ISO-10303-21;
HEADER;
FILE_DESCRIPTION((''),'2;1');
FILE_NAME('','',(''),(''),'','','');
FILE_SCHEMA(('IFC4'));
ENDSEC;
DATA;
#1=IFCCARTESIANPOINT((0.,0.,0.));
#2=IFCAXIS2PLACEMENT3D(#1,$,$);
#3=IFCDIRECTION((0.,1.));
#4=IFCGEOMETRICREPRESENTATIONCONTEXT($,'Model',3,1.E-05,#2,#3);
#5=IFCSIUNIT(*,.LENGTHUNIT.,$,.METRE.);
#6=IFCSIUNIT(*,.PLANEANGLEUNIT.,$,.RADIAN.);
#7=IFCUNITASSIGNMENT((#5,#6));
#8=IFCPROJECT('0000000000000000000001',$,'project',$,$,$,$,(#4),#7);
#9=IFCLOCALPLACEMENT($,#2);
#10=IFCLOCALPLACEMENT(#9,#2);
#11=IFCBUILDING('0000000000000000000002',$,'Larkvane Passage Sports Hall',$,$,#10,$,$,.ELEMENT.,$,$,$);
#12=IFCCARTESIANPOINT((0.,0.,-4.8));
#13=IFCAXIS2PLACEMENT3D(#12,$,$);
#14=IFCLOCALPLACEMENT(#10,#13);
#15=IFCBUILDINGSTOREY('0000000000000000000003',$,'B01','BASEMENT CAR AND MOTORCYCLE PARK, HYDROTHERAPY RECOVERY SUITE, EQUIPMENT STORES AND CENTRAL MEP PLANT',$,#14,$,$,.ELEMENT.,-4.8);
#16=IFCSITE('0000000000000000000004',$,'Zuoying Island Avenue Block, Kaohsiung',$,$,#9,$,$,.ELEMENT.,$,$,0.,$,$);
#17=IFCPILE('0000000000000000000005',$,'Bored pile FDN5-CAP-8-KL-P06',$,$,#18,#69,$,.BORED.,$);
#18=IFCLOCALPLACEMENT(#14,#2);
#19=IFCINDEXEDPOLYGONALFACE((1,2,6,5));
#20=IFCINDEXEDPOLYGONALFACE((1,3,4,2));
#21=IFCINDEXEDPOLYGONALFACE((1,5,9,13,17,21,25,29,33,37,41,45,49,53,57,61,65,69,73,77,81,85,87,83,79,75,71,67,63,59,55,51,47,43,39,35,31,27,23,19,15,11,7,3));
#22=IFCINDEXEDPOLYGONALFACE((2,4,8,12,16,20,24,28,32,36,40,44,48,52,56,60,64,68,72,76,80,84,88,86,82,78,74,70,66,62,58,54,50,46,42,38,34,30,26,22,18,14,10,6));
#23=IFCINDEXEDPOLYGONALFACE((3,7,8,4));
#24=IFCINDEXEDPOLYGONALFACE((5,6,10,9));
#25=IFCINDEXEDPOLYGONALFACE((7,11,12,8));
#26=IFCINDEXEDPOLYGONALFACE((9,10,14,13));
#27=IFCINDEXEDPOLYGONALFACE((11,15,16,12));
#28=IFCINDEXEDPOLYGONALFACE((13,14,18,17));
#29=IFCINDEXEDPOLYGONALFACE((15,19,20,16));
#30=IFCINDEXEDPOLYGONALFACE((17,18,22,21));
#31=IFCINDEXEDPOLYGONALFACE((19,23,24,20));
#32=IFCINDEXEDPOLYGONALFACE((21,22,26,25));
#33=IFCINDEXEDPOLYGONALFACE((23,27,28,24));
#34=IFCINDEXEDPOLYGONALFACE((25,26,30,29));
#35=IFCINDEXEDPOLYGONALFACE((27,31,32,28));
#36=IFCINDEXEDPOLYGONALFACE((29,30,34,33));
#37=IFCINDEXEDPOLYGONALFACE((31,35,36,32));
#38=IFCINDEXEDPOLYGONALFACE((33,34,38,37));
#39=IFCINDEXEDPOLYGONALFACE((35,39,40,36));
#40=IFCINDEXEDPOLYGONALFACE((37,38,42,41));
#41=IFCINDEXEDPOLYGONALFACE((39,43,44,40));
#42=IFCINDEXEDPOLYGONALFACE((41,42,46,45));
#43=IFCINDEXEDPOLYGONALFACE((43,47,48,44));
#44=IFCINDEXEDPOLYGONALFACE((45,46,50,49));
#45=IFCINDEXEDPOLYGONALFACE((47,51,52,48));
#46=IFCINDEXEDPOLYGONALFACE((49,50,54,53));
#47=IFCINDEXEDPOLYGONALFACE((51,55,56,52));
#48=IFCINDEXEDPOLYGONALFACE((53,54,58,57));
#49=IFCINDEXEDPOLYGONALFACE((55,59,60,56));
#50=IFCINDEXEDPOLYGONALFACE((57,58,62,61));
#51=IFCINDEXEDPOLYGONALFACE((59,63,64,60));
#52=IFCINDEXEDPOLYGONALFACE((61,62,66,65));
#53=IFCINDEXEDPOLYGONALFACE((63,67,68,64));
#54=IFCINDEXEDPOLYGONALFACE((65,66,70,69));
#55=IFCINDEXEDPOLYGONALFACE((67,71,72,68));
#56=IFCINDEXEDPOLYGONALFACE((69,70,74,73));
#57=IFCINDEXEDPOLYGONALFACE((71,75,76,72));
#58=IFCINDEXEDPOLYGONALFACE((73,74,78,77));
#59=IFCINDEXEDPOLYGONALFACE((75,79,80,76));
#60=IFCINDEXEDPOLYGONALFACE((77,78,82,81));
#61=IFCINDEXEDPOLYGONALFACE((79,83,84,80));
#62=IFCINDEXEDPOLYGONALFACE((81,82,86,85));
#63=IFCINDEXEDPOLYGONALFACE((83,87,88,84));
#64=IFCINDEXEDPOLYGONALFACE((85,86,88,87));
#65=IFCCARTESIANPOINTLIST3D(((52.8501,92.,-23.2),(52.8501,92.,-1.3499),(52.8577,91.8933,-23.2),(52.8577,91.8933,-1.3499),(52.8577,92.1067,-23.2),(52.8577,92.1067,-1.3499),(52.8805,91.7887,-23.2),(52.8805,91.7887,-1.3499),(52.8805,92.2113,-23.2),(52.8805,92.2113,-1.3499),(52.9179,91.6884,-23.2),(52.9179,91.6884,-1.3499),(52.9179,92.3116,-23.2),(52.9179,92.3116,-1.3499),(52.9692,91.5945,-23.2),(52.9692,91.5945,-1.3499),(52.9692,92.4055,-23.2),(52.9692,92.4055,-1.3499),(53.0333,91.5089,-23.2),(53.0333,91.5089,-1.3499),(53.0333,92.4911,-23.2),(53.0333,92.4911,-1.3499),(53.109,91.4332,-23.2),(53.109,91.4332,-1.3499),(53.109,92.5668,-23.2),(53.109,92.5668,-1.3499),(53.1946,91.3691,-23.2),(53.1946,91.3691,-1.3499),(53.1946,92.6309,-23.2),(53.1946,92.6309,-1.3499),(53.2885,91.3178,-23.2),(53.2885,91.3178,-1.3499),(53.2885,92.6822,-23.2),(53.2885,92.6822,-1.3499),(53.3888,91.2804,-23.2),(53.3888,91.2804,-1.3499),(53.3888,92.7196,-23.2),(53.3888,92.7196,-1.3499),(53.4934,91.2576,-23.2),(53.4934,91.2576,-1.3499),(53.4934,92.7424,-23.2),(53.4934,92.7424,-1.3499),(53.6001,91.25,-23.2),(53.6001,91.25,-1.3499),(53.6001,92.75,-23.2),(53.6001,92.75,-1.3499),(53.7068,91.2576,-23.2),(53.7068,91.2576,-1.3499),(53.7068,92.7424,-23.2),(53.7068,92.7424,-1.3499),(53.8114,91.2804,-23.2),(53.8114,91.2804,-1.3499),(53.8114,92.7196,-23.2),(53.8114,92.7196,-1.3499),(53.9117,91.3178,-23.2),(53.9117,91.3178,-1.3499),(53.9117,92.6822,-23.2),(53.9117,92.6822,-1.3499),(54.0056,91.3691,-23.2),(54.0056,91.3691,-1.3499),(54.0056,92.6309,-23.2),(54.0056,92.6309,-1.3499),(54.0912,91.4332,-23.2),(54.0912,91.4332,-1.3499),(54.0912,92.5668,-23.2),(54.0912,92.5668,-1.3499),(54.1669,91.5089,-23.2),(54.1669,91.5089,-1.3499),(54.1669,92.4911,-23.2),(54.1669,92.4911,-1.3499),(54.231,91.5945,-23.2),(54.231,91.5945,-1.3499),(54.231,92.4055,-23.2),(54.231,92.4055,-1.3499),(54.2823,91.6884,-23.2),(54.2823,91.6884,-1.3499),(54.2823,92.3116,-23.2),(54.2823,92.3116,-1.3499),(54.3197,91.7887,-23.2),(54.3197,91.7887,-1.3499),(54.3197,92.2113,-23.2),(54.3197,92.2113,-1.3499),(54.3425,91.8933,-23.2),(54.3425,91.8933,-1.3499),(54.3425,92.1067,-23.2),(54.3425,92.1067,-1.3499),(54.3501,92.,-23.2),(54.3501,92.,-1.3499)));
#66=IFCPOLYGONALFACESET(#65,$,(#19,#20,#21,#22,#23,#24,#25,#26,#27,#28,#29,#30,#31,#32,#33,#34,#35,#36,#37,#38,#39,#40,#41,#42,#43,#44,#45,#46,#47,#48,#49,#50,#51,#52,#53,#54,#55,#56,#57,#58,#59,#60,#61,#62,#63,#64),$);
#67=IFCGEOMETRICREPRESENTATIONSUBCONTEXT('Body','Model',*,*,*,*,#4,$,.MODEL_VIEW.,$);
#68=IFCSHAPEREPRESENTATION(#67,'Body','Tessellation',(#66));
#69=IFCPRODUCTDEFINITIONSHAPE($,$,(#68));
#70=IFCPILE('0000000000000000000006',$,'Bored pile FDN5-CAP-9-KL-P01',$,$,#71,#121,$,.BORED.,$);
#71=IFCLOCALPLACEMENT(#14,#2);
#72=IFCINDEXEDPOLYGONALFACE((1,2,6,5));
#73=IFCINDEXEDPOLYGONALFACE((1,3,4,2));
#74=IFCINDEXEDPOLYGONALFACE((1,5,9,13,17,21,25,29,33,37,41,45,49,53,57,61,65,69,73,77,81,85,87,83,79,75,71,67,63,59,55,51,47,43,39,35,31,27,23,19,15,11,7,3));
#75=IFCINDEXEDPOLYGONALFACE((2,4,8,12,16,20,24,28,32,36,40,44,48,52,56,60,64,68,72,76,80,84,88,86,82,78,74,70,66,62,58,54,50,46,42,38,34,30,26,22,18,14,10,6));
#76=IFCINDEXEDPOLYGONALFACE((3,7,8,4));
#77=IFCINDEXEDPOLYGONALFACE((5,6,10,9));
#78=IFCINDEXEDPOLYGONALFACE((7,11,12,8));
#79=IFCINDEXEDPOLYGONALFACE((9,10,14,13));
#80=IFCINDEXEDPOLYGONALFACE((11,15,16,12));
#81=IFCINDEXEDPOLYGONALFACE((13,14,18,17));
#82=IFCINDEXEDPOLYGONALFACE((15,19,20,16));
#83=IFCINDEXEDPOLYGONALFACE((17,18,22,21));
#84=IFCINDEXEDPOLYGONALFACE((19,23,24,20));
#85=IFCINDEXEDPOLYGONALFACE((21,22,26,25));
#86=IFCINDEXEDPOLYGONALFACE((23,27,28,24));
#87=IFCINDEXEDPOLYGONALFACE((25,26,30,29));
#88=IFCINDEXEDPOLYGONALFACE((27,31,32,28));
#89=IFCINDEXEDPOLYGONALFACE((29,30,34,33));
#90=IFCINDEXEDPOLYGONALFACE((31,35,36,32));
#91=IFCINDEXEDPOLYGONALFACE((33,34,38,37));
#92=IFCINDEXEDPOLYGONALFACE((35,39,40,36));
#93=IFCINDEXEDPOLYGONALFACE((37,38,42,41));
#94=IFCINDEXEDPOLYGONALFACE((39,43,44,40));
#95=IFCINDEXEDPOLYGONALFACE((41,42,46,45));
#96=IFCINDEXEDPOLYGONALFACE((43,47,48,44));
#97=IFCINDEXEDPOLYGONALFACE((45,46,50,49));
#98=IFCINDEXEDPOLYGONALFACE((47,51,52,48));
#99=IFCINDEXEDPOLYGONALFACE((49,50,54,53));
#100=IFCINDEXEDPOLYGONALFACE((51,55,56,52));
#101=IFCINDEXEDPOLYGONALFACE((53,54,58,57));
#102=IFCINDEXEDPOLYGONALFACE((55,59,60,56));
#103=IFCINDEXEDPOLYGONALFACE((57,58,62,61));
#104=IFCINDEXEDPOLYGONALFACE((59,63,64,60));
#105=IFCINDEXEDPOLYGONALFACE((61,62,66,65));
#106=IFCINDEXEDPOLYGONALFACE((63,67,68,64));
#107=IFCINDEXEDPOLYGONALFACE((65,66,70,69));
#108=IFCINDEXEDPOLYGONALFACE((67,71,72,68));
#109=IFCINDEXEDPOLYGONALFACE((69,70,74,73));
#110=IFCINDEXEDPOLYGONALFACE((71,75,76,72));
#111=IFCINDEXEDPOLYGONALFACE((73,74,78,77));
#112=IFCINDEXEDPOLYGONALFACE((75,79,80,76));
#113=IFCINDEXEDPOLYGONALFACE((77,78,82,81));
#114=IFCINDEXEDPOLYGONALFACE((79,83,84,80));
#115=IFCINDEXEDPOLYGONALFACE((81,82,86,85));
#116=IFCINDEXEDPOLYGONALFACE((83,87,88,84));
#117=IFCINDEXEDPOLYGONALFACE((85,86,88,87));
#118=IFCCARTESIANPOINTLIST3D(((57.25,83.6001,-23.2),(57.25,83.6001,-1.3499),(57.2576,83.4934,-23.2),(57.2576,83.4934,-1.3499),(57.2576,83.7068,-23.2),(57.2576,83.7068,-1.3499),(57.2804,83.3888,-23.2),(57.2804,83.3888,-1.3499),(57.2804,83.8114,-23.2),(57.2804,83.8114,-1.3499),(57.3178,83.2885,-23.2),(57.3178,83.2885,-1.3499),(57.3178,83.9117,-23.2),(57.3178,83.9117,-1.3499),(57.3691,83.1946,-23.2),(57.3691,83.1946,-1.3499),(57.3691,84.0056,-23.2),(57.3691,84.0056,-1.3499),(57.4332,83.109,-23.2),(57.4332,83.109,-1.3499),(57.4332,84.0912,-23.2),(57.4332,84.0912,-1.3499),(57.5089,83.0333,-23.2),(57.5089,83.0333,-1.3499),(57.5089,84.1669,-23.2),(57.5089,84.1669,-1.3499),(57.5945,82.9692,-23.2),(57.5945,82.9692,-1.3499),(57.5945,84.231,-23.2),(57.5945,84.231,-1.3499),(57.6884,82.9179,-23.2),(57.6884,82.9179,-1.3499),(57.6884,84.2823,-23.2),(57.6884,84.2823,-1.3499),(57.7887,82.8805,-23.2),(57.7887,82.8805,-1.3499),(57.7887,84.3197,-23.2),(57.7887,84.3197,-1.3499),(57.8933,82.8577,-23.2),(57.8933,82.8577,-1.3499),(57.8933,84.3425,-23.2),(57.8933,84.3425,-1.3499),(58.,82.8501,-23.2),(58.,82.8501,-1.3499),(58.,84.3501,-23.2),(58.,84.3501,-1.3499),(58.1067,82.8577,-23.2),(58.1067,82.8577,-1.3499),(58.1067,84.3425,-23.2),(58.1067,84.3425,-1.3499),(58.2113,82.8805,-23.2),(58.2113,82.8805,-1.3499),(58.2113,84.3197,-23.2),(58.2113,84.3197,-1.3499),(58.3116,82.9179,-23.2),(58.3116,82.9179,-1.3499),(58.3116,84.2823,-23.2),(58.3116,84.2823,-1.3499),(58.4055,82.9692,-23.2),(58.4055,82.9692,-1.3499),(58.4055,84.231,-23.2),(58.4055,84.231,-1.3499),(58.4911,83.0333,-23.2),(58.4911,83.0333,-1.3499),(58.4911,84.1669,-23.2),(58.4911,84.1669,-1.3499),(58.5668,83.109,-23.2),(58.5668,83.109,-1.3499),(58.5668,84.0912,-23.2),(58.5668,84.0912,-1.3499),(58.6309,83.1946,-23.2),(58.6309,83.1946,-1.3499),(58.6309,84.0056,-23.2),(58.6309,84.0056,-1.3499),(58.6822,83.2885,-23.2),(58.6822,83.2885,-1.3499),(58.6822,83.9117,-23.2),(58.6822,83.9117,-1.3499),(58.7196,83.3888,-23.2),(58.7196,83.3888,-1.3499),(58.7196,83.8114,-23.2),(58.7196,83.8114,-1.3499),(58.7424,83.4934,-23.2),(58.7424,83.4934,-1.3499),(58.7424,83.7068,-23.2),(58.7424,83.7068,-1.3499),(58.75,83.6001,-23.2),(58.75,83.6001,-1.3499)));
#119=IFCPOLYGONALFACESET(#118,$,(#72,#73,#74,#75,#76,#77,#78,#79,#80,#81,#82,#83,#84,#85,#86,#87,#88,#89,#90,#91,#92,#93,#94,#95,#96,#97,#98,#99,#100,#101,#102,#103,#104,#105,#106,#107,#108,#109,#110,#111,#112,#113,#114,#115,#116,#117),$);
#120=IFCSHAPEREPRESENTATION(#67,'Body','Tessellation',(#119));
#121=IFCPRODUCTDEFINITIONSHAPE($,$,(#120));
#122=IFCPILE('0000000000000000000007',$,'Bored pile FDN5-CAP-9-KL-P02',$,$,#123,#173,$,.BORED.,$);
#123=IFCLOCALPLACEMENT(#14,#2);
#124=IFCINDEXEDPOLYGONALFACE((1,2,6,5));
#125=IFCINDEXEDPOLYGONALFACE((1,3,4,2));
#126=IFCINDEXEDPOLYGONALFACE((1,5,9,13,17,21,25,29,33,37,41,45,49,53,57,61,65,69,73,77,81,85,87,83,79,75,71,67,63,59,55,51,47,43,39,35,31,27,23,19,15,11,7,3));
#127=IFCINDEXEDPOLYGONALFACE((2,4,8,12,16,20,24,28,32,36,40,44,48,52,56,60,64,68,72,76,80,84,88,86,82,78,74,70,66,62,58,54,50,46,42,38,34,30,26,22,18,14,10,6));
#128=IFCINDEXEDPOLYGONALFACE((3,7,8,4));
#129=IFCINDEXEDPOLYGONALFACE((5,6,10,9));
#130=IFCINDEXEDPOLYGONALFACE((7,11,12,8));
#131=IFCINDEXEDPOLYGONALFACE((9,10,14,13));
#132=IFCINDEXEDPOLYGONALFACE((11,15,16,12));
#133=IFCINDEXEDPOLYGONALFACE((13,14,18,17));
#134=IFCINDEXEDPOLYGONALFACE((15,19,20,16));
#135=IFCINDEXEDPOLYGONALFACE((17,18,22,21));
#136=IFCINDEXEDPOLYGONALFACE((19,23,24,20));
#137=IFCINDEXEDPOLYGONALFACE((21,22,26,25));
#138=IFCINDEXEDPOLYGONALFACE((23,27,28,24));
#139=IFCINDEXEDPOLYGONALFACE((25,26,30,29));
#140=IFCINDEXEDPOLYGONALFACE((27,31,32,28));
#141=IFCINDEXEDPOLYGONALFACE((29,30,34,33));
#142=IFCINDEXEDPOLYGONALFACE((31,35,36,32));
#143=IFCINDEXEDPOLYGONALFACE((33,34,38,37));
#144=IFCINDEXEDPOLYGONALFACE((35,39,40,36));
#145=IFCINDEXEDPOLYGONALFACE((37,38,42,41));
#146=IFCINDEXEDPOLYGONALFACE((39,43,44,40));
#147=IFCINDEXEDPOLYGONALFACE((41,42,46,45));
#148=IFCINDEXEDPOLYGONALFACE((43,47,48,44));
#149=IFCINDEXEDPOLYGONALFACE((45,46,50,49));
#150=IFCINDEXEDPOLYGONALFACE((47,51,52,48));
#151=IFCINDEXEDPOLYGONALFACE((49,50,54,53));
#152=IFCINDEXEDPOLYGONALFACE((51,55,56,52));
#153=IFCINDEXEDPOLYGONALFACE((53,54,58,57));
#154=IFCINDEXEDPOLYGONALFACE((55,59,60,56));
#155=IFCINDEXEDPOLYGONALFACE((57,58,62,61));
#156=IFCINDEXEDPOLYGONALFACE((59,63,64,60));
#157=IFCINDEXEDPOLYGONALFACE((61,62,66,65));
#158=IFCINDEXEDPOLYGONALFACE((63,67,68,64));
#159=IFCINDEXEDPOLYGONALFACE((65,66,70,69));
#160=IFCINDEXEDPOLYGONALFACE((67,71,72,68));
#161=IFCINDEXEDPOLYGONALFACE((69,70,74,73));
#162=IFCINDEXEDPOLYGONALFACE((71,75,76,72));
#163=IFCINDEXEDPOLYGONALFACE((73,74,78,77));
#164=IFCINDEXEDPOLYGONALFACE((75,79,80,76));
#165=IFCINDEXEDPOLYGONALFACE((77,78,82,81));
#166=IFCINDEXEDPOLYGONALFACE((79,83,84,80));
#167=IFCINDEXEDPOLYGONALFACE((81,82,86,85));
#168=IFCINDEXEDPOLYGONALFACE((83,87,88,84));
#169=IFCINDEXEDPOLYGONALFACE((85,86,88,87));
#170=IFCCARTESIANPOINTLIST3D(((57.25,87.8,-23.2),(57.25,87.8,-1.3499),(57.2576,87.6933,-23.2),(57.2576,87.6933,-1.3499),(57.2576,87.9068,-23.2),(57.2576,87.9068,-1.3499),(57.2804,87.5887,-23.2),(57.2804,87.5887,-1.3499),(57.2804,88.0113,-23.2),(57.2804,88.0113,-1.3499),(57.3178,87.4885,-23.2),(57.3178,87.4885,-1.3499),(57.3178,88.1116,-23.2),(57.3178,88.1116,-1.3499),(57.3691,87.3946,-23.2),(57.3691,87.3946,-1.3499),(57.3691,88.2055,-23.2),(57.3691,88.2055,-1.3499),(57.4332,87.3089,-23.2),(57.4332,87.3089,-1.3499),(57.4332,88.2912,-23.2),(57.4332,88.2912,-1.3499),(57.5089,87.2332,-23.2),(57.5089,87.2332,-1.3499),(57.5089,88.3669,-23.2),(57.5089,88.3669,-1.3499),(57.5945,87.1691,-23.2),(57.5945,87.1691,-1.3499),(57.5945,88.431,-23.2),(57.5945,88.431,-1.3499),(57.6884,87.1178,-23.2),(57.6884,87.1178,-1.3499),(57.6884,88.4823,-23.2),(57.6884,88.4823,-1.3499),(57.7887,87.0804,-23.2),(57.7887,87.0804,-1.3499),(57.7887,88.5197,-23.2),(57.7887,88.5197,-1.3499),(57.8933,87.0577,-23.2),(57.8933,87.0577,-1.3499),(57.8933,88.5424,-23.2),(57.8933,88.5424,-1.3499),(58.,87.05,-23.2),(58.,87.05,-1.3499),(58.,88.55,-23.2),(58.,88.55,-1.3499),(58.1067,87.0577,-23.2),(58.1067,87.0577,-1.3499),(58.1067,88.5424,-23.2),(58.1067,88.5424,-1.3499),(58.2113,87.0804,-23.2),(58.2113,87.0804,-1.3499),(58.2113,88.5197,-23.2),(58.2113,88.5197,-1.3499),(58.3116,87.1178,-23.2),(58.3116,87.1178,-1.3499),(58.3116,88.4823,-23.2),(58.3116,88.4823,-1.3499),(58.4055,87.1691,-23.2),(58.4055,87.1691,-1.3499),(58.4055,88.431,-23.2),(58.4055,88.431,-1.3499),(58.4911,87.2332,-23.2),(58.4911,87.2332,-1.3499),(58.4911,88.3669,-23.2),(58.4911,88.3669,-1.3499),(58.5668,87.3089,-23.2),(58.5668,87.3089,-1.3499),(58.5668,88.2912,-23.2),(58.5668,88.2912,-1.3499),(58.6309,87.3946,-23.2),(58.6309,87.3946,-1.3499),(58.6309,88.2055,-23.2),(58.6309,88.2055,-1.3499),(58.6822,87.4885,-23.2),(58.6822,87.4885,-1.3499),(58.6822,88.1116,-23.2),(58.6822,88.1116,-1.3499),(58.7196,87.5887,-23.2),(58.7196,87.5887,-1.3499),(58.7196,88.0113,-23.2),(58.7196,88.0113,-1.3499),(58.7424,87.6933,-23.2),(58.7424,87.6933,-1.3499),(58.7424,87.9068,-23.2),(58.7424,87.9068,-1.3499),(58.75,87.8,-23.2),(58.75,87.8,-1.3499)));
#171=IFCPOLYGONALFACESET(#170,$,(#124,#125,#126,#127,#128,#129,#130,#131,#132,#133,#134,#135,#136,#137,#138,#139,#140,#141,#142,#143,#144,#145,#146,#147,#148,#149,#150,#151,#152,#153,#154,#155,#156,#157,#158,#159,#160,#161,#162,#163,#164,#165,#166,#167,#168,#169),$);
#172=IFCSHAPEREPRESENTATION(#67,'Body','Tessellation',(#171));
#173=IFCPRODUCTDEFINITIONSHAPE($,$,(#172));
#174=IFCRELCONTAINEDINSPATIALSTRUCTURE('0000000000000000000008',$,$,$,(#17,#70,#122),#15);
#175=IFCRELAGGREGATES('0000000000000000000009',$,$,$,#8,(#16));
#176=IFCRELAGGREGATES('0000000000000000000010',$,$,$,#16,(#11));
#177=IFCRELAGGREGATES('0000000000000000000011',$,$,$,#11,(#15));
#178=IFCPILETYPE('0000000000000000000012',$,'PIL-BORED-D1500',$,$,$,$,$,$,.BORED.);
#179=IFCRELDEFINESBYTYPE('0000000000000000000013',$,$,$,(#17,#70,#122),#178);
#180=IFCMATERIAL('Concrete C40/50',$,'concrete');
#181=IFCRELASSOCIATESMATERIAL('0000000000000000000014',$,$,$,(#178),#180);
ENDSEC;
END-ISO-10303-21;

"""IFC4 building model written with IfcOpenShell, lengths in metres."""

from ifc_helpers import new_model, si_unit, direction, frame, origin, origin_2d, place, context, subcontext, project, spatial, circle, extrude, material, material_profile, profile_set, type_object, element, save


model = new_model("IFC4")

# Units and contexts
model_context = context("Model", 3, precision=1e-05, world=origin(), true_north=direction((0.0, 1.0)))
body_context = subcontext(model_context, "Body", "Model", "MODEL_VIEW")
ifc_project = project(units=[si_unit("LENGTHUNIT", "METRE"), si_unit("PLANEANGLEUNIT", "RADIAN")], contexts=[model_context])

# Site, building, storey
site_placement = place(None, origin())
site = spatial("IfcSite", under=ifc_project, at=site_placement, Name="Zuoying Island Avenue Block, Kaohsiung", CompositionType="ELEMENT", RefElevation=0.0)
building_placement = place(site_placement, origin())
building = spatial("IfcBuilding", under=site, at=building_placement, Name="Larkvane Passage Sports Hall", CompositionType="ELEMENT")
storey_placement = place(building_placement, frame((0.0, 0.0, -4.8)))
storey = spatial("IfcBuildingStorey", under=building, at=storey_placement, Name="B01", Description="BASEMENT CAR AND MOTORCYCLE PARK, HYDROTHERAPY RECOVERY SUITE, EQUIPMENT STORES AND CENTRAL MEP PLANT", CompositionType="ELEMENT", Elevation=-4.8)

# Shared definitions
ifc_material_1 = material(Name="Concrete C40/50", Category="concrete")

# Piles
ifc_material_profile_1 = material_profile(ifc_material_1, circle(Radius=0.75, at=origin_2d()), Name="PILE-D1500")
ifc_profile_set_1 = profile_set([ifc_material_profile_1], Name="Concrete C40/50")
pile_type_1 = type_object("IfcPileType", Name="PIL-BORED-D1500", PredefinedType="BORED", material=ifc_profile_set_1)
for number, where, z_axis, x_axis, name in (
    (1, (53.6001, 92.0, -1.3499), (0.0, 0.0, -1.0), (1.0, 0.0, 0.0), "Bored pile FDN5-CAP-8-KL-P06"),
    (2, (58.0, 83.6001, -1.3499), (0.0, 0.0, -1.0), (1.0, 0.0, 0.0), "Bored pile FDN5-CAP-9-KL-P01"),
    (3, (58.0, 87.8, -1.3499), (0.0, 0.0, -1.0), (1.0, 0.0, 0.0), "Bored pile FDN5-CAP-9-KL-P02"),
):
    element("IfcPile", number, at=place(storey_placement, frame(where, z_axis=z_axis, x_axis=x_axis)), inside=storey, type_object=pile_type_1, Name=name, PredefinedType="BORED", context=body_context, shape_type="SweptSolid", body=[
        extrude(circle(Radius=0.75, at=origin_2d()), origin(), (0.0, 0.0, 1.0), 21.8501),
    ])

save(model, "model.ifc")
